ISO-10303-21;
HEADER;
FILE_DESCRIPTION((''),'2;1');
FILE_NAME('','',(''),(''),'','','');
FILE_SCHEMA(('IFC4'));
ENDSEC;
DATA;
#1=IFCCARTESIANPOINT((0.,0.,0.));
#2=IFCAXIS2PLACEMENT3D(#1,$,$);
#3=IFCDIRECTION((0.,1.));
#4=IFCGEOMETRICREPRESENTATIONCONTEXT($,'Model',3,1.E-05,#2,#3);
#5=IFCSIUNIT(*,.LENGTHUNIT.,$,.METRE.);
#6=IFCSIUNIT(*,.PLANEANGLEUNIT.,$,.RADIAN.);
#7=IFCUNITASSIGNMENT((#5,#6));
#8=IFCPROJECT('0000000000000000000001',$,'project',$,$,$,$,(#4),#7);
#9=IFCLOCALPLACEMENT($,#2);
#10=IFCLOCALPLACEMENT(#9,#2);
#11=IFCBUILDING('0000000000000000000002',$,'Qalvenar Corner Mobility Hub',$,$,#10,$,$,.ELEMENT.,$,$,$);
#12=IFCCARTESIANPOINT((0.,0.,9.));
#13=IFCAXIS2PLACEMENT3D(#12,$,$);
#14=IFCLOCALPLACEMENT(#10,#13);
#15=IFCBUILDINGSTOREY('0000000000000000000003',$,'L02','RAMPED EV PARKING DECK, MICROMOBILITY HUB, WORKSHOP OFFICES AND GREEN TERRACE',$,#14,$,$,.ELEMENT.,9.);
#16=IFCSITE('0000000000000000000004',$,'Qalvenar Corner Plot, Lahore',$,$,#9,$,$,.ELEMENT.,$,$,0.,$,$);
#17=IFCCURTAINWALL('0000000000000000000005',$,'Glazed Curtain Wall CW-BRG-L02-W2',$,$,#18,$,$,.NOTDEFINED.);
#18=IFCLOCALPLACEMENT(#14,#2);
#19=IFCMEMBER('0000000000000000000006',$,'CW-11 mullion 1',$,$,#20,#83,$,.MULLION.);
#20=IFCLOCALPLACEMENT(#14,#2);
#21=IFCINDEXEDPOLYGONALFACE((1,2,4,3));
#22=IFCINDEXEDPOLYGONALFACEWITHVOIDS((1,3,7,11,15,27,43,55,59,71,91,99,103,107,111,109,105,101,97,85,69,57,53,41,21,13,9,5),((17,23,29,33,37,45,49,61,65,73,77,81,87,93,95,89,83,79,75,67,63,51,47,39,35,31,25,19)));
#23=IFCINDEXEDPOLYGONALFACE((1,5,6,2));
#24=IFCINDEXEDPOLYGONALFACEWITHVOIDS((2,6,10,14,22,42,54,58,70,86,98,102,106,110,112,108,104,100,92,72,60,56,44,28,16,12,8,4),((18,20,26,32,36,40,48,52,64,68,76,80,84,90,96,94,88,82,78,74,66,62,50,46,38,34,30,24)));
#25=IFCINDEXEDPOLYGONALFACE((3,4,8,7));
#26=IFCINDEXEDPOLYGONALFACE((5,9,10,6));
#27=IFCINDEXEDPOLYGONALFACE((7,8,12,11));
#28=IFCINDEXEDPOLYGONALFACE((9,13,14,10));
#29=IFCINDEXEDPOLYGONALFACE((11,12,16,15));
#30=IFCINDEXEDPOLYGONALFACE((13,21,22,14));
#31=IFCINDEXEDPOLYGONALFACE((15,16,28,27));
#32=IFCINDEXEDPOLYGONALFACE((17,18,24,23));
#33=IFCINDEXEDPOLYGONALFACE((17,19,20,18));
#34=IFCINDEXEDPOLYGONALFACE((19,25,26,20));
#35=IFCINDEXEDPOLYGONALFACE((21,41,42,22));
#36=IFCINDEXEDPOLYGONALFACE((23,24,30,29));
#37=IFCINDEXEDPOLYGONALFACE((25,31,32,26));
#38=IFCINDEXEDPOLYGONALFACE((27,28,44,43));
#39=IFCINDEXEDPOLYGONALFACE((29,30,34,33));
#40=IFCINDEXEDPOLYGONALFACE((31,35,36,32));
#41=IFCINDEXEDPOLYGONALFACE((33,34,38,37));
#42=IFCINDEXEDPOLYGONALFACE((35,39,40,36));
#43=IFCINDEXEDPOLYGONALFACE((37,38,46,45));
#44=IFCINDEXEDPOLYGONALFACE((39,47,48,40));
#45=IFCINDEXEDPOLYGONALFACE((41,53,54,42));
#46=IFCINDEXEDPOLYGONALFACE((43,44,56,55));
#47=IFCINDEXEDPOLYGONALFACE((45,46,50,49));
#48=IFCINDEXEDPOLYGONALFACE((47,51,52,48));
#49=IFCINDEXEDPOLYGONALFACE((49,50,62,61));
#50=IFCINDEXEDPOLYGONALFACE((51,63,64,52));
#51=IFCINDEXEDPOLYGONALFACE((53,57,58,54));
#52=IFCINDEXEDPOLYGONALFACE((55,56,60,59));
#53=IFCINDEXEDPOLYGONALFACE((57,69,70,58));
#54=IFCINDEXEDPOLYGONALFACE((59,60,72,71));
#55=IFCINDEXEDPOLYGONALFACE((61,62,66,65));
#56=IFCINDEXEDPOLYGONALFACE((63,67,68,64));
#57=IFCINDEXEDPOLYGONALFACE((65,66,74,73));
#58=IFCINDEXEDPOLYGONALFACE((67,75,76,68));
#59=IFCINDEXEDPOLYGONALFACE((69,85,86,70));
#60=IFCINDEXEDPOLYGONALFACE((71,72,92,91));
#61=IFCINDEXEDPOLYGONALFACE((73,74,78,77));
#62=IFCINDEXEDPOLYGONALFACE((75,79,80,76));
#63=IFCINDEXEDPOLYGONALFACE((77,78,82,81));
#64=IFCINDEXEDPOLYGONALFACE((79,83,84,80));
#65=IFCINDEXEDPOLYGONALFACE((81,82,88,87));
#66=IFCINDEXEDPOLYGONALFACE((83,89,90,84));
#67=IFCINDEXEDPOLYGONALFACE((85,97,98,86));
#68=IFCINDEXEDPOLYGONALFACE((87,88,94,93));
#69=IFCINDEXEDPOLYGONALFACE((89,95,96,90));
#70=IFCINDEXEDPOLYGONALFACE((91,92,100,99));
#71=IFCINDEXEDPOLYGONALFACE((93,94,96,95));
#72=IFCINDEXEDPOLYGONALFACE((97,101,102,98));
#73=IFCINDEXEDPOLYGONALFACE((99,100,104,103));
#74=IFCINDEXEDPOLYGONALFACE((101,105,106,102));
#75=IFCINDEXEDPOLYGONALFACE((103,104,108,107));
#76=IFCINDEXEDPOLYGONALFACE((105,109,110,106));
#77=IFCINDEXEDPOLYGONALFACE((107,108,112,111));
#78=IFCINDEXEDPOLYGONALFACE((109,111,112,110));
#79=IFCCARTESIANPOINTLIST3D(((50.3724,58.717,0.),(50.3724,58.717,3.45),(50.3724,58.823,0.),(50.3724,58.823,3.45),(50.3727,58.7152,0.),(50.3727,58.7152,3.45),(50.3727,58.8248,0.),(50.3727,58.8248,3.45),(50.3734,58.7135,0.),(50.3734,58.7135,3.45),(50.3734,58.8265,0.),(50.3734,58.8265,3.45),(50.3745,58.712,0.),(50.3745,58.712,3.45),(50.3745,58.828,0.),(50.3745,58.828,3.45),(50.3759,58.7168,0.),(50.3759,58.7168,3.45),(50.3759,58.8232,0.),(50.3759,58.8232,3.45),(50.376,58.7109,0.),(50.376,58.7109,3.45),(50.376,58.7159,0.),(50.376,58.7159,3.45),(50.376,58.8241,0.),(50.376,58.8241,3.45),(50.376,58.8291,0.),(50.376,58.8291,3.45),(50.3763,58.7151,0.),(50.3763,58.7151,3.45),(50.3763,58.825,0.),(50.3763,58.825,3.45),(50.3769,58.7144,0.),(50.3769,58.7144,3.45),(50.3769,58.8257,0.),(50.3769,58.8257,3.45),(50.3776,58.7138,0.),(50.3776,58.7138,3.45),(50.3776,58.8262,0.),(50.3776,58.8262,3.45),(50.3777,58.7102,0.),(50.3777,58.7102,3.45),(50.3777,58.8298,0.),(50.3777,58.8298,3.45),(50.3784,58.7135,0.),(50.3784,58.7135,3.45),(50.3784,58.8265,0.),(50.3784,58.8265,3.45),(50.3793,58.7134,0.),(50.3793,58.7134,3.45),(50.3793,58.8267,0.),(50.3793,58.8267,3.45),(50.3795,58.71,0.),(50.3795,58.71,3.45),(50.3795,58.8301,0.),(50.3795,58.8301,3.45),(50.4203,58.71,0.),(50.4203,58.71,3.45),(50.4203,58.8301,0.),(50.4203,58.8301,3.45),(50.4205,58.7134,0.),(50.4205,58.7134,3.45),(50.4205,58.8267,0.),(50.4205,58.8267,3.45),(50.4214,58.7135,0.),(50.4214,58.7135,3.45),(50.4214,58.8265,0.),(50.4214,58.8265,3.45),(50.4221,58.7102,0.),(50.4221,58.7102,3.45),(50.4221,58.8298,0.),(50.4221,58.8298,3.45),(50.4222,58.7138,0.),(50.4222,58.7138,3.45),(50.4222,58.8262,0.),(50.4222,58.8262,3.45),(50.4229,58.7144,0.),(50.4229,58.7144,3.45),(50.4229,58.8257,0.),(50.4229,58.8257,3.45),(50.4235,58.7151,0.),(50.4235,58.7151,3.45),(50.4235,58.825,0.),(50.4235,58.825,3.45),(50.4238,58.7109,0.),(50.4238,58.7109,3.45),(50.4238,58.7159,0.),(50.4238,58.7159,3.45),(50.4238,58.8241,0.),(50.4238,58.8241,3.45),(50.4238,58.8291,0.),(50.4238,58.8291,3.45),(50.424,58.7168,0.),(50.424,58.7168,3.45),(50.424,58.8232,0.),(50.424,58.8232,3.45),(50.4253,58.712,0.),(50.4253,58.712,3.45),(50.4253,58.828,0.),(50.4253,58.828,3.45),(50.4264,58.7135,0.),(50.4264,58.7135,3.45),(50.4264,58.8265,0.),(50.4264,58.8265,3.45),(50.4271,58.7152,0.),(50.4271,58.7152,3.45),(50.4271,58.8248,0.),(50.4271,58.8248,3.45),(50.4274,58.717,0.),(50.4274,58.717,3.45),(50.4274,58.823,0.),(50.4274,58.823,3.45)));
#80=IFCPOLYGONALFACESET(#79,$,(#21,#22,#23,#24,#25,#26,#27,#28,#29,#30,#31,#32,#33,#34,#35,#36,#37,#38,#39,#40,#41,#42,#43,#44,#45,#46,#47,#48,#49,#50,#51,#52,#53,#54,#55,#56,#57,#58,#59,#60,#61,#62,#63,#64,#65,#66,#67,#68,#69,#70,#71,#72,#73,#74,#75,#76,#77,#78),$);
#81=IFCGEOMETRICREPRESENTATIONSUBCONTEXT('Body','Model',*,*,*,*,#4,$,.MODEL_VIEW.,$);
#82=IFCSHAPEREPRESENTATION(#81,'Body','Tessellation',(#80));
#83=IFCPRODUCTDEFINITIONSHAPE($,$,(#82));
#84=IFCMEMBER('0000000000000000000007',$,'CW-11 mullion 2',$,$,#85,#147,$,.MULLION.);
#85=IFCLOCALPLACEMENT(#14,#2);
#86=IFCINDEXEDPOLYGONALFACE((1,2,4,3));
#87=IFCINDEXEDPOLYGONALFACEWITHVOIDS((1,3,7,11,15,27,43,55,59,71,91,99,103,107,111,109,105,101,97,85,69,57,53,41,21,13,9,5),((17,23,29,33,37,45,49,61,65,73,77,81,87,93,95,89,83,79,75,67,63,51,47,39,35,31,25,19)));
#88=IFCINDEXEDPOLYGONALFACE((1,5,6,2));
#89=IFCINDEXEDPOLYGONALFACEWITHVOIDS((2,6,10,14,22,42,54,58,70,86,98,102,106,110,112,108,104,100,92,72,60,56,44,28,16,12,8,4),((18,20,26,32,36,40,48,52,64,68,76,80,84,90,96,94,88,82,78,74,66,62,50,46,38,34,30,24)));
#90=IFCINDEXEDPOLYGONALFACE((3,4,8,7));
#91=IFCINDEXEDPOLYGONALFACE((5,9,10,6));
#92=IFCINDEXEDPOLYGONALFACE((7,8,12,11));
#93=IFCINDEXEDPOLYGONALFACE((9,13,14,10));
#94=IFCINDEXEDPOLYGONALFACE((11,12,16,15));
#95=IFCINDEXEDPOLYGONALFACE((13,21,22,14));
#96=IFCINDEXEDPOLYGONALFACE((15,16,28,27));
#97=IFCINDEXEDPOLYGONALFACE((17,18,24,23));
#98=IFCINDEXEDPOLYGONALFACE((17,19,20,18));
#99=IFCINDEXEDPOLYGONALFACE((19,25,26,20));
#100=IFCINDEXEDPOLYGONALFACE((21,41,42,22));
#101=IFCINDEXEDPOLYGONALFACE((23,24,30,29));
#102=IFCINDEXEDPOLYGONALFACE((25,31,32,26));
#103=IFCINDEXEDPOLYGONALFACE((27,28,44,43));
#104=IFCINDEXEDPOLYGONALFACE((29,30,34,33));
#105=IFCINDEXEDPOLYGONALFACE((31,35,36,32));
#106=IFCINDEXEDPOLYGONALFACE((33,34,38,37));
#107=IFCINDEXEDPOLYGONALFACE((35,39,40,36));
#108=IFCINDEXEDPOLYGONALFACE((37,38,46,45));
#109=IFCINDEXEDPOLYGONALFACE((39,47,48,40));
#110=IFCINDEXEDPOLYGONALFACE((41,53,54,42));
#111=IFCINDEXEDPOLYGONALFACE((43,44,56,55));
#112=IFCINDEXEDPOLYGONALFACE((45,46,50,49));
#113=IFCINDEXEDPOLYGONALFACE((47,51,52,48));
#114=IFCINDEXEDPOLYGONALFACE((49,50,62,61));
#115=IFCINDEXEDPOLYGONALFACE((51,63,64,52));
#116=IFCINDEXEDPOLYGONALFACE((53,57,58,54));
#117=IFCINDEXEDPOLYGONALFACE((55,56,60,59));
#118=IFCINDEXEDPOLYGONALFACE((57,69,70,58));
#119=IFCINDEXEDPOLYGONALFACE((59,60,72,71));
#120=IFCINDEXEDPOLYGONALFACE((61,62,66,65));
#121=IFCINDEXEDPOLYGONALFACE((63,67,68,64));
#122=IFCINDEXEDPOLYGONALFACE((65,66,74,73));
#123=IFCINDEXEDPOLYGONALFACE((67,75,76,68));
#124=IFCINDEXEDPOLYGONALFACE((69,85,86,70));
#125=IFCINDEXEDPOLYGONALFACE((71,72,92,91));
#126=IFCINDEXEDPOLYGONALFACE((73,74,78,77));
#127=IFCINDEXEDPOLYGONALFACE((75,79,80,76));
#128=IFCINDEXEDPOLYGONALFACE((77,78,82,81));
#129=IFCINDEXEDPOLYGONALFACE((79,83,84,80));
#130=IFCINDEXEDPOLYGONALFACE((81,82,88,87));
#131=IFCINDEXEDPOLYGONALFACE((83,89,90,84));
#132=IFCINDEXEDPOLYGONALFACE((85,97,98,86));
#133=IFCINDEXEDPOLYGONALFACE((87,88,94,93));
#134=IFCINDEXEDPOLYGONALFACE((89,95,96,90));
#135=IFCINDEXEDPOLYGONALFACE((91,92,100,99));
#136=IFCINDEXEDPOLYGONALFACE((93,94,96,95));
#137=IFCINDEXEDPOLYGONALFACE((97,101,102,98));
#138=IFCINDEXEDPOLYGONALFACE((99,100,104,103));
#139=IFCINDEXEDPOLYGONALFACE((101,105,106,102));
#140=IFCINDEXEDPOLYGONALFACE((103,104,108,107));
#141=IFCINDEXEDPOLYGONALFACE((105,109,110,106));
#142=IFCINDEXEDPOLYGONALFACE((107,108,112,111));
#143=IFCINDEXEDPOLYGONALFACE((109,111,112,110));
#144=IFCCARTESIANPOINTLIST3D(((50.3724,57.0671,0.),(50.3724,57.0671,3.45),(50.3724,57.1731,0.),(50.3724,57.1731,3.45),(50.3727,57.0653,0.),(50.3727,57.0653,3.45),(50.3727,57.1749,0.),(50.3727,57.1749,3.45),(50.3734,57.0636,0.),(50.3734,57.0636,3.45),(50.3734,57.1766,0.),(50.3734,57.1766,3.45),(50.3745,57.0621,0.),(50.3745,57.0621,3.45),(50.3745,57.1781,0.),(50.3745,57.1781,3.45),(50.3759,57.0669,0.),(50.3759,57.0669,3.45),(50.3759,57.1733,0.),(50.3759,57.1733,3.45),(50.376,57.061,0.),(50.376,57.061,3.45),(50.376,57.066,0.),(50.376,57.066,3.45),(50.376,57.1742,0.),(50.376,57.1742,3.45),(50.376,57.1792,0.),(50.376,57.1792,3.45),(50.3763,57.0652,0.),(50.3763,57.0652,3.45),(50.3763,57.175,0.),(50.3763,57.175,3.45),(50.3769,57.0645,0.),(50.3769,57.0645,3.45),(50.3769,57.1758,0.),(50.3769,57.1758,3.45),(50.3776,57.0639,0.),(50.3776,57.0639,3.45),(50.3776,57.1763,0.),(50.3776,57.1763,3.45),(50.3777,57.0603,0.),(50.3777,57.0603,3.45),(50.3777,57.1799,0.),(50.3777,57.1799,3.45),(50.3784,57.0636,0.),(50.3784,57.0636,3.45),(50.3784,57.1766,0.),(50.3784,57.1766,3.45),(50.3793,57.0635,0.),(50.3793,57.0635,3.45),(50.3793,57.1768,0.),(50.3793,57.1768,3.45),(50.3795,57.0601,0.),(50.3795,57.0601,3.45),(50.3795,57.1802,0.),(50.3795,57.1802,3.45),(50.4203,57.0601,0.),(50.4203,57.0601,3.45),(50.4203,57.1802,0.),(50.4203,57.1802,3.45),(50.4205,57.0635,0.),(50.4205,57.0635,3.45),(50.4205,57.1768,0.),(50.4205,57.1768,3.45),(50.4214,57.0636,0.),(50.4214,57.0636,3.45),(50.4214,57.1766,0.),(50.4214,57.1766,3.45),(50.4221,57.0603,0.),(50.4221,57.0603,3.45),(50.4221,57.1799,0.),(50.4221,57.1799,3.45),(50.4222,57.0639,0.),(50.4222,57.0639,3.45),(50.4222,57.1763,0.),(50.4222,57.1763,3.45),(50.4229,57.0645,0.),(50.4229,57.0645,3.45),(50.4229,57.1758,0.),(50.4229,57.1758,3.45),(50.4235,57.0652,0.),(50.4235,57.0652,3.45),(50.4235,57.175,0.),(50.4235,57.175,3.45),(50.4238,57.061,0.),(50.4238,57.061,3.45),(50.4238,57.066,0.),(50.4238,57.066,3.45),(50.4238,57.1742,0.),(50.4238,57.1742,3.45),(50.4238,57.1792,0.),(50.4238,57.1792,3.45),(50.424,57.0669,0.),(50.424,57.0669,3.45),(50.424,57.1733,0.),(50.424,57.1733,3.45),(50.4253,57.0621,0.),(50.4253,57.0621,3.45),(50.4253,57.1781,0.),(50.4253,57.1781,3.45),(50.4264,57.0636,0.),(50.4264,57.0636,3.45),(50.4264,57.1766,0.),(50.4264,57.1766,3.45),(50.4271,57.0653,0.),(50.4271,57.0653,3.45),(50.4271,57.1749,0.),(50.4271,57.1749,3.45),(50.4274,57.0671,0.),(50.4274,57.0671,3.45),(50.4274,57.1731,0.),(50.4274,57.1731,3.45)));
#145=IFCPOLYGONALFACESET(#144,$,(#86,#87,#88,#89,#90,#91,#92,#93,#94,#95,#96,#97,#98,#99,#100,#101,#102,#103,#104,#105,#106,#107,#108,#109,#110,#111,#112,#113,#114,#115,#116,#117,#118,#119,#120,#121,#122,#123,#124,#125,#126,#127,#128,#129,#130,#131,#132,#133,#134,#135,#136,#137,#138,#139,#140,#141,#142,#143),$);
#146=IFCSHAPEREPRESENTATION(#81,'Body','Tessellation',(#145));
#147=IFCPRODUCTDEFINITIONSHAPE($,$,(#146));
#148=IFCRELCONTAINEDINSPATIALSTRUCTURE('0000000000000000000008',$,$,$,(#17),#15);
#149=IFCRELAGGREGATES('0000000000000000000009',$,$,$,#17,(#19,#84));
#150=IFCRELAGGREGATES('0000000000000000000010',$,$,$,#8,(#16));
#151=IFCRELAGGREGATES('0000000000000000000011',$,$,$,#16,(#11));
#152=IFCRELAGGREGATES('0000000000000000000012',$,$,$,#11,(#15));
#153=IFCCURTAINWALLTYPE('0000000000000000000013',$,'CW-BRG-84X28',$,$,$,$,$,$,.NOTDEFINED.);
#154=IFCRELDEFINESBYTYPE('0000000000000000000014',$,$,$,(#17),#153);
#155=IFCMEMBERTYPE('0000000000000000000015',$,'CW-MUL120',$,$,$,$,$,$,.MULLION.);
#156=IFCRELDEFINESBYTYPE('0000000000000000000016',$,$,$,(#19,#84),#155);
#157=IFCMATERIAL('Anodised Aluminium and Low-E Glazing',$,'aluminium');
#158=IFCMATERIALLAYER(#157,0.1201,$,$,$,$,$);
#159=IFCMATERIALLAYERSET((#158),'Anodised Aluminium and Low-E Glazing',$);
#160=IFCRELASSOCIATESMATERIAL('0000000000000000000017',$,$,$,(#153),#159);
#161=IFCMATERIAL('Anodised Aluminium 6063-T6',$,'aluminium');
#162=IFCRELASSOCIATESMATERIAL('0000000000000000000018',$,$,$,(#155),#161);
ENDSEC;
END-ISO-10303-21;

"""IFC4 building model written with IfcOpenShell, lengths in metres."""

from ifc_helpers import new_model, si_unit, direction, frame, origin, origin_2d, place, context, subcontext, project, spatial, hollow_rectangle, extrude, material, layer, layer_set, material_profile, profile_set, type_object, element, aggregate, save


model = new_model("IFC4")

# Units and contexts
model_context = context("Model", 3, precision=1e-05, world=origin(), true_north=direction((0.0, 1.0)))
body_context = subcontext(model_context, "Body", "Model", "MODEL_VIEW")
ifc_project = project(units=[si_unit("LENGTHUNIT", "METRE"), si_unit("PLANEANGLEUNIT", "RADIAN")], contexts=[model_context])

# Site, building, storey
site_placement = place(None, origin())
site = spatial("IfcSite", under=ifc_project, at=site_placement, Name="Qalvenar Corner Plot, Lahore", CompositionType="ELEMENT", RefElevation=0.0)
building_placement = place(site_placement, origin())
building = spatial("IfcBuilding", under=site, at=building_placement, Name="Qalvenar Corner Mobility Hub", CompositionType="ELEMENT")
storey_placement = place(building_placement, frame((0.0, 0.0, 9.0)))
storey = spatial("IfcBuildingStorey", under=building, at=storey_placement, Name="L02", Description="RAMPED EV PARKING DECK, MICROMOBILITY HUB, WORKSHOP OFFICES AND GREEN TERRACE", CompositionType="ELEMENT", Elevation=9.0)

# Curtain wall, members
ifc_material_1 = material(Name="Anodised Aluminium and Low-E Glazing", Category="aluminium")
ifc_layer_1 = layer(ifc_material_1, 0.1201)
ifc_layer_set_1 = layer_set([ifc_layer_1], Name="Anodised Aluminium and Low-E Glazing")
curtain_wall_type = type_object("IfcCurtainWallType", Name="CW-BRG-84X28", PredefinedType="NOTDEFINED", material=ifc_layer_set_1)
curtain_wall_placement = place(storey_placement, origin())
curtain_wall = element("IfcCurtainWall", 1, at=curtain_wall_placement, inside=storey, type_object=curtain_wall_type, Name="Glazed Curtain Wall CW-BRG-L02-W2", PredefinedType="NOTDEFINED")
ifc_material_2 = material(Name="Anodised Aluminium 6063-T6", Category="aluminium")
ifc_material_profile_1 = material_profile(ifc_material_2, hollow_rectangle(XDim=0.0549, YDim=0.1201, WallThickness=0.0034, InnerFilletRadius=0.0034, OuterFilletRadius=0.0071, at=origin_2d()), Name="RHS120x55x3.5")
ifc_profile_set_1 = profile_set([ifc_material_profile_1], Name="Anodised Aluminium 6063-T6")
member_type_1 = type_object("IfcMemberType", Name="CW-MUL120", PredefinedType="MULLION", material=ifc_profile_set_1)
member_1_placement = place(storey_placement, frame((50.3999, 58.77, 0.0), z_axis=(0.0, 0.0, 1.0), x_axis=(1.0, 0.0, 0.0)))
member_1 = element("IfcMember", 2, at=member_1_placement, type_object=member_type_1, Name="CW-11 mullion 1", PredefinedType="MULLION", context=body_context, shape_type="SweptSolid", body=[
    extrude(hollow_rectangle(XDim=0.0549, YDim=0.1201, WallThickness=0.0034, InnerFilletRadius=0.0034, OuterFilletRadius=0.0071, at=origin_2d()), origin(), (0.0, 0.0, 1.0), 3.45),
])
member_2_placement = place(storey_placement, frame((50.3999, 57.1201, 0.0), z_axis=(0.0, 0.0, 1.0), x_axis=(1.0, 0.0, 0.0)))
member_2 = element("IfcMember", 3, at=member_2_placement, type_object=member_type_1, Name="CW-11 mullion 2", PredefinedType="MULLION", context=body_context, shape_type="SweptSolid", body=[
    extrude(hollow_rectangle(XDim=0.0549, YDim=0.1201, WallThickness=0.0034, InnerFilletRadius=0.0034, OuterFilletRadius=0.0071, at=origin_2d()), origin(), (0.0, 0.0, 1.0), 3.45),
])

aggregate(curtain_wall, [member_1, member_2])

save(model, "model.ifc")
